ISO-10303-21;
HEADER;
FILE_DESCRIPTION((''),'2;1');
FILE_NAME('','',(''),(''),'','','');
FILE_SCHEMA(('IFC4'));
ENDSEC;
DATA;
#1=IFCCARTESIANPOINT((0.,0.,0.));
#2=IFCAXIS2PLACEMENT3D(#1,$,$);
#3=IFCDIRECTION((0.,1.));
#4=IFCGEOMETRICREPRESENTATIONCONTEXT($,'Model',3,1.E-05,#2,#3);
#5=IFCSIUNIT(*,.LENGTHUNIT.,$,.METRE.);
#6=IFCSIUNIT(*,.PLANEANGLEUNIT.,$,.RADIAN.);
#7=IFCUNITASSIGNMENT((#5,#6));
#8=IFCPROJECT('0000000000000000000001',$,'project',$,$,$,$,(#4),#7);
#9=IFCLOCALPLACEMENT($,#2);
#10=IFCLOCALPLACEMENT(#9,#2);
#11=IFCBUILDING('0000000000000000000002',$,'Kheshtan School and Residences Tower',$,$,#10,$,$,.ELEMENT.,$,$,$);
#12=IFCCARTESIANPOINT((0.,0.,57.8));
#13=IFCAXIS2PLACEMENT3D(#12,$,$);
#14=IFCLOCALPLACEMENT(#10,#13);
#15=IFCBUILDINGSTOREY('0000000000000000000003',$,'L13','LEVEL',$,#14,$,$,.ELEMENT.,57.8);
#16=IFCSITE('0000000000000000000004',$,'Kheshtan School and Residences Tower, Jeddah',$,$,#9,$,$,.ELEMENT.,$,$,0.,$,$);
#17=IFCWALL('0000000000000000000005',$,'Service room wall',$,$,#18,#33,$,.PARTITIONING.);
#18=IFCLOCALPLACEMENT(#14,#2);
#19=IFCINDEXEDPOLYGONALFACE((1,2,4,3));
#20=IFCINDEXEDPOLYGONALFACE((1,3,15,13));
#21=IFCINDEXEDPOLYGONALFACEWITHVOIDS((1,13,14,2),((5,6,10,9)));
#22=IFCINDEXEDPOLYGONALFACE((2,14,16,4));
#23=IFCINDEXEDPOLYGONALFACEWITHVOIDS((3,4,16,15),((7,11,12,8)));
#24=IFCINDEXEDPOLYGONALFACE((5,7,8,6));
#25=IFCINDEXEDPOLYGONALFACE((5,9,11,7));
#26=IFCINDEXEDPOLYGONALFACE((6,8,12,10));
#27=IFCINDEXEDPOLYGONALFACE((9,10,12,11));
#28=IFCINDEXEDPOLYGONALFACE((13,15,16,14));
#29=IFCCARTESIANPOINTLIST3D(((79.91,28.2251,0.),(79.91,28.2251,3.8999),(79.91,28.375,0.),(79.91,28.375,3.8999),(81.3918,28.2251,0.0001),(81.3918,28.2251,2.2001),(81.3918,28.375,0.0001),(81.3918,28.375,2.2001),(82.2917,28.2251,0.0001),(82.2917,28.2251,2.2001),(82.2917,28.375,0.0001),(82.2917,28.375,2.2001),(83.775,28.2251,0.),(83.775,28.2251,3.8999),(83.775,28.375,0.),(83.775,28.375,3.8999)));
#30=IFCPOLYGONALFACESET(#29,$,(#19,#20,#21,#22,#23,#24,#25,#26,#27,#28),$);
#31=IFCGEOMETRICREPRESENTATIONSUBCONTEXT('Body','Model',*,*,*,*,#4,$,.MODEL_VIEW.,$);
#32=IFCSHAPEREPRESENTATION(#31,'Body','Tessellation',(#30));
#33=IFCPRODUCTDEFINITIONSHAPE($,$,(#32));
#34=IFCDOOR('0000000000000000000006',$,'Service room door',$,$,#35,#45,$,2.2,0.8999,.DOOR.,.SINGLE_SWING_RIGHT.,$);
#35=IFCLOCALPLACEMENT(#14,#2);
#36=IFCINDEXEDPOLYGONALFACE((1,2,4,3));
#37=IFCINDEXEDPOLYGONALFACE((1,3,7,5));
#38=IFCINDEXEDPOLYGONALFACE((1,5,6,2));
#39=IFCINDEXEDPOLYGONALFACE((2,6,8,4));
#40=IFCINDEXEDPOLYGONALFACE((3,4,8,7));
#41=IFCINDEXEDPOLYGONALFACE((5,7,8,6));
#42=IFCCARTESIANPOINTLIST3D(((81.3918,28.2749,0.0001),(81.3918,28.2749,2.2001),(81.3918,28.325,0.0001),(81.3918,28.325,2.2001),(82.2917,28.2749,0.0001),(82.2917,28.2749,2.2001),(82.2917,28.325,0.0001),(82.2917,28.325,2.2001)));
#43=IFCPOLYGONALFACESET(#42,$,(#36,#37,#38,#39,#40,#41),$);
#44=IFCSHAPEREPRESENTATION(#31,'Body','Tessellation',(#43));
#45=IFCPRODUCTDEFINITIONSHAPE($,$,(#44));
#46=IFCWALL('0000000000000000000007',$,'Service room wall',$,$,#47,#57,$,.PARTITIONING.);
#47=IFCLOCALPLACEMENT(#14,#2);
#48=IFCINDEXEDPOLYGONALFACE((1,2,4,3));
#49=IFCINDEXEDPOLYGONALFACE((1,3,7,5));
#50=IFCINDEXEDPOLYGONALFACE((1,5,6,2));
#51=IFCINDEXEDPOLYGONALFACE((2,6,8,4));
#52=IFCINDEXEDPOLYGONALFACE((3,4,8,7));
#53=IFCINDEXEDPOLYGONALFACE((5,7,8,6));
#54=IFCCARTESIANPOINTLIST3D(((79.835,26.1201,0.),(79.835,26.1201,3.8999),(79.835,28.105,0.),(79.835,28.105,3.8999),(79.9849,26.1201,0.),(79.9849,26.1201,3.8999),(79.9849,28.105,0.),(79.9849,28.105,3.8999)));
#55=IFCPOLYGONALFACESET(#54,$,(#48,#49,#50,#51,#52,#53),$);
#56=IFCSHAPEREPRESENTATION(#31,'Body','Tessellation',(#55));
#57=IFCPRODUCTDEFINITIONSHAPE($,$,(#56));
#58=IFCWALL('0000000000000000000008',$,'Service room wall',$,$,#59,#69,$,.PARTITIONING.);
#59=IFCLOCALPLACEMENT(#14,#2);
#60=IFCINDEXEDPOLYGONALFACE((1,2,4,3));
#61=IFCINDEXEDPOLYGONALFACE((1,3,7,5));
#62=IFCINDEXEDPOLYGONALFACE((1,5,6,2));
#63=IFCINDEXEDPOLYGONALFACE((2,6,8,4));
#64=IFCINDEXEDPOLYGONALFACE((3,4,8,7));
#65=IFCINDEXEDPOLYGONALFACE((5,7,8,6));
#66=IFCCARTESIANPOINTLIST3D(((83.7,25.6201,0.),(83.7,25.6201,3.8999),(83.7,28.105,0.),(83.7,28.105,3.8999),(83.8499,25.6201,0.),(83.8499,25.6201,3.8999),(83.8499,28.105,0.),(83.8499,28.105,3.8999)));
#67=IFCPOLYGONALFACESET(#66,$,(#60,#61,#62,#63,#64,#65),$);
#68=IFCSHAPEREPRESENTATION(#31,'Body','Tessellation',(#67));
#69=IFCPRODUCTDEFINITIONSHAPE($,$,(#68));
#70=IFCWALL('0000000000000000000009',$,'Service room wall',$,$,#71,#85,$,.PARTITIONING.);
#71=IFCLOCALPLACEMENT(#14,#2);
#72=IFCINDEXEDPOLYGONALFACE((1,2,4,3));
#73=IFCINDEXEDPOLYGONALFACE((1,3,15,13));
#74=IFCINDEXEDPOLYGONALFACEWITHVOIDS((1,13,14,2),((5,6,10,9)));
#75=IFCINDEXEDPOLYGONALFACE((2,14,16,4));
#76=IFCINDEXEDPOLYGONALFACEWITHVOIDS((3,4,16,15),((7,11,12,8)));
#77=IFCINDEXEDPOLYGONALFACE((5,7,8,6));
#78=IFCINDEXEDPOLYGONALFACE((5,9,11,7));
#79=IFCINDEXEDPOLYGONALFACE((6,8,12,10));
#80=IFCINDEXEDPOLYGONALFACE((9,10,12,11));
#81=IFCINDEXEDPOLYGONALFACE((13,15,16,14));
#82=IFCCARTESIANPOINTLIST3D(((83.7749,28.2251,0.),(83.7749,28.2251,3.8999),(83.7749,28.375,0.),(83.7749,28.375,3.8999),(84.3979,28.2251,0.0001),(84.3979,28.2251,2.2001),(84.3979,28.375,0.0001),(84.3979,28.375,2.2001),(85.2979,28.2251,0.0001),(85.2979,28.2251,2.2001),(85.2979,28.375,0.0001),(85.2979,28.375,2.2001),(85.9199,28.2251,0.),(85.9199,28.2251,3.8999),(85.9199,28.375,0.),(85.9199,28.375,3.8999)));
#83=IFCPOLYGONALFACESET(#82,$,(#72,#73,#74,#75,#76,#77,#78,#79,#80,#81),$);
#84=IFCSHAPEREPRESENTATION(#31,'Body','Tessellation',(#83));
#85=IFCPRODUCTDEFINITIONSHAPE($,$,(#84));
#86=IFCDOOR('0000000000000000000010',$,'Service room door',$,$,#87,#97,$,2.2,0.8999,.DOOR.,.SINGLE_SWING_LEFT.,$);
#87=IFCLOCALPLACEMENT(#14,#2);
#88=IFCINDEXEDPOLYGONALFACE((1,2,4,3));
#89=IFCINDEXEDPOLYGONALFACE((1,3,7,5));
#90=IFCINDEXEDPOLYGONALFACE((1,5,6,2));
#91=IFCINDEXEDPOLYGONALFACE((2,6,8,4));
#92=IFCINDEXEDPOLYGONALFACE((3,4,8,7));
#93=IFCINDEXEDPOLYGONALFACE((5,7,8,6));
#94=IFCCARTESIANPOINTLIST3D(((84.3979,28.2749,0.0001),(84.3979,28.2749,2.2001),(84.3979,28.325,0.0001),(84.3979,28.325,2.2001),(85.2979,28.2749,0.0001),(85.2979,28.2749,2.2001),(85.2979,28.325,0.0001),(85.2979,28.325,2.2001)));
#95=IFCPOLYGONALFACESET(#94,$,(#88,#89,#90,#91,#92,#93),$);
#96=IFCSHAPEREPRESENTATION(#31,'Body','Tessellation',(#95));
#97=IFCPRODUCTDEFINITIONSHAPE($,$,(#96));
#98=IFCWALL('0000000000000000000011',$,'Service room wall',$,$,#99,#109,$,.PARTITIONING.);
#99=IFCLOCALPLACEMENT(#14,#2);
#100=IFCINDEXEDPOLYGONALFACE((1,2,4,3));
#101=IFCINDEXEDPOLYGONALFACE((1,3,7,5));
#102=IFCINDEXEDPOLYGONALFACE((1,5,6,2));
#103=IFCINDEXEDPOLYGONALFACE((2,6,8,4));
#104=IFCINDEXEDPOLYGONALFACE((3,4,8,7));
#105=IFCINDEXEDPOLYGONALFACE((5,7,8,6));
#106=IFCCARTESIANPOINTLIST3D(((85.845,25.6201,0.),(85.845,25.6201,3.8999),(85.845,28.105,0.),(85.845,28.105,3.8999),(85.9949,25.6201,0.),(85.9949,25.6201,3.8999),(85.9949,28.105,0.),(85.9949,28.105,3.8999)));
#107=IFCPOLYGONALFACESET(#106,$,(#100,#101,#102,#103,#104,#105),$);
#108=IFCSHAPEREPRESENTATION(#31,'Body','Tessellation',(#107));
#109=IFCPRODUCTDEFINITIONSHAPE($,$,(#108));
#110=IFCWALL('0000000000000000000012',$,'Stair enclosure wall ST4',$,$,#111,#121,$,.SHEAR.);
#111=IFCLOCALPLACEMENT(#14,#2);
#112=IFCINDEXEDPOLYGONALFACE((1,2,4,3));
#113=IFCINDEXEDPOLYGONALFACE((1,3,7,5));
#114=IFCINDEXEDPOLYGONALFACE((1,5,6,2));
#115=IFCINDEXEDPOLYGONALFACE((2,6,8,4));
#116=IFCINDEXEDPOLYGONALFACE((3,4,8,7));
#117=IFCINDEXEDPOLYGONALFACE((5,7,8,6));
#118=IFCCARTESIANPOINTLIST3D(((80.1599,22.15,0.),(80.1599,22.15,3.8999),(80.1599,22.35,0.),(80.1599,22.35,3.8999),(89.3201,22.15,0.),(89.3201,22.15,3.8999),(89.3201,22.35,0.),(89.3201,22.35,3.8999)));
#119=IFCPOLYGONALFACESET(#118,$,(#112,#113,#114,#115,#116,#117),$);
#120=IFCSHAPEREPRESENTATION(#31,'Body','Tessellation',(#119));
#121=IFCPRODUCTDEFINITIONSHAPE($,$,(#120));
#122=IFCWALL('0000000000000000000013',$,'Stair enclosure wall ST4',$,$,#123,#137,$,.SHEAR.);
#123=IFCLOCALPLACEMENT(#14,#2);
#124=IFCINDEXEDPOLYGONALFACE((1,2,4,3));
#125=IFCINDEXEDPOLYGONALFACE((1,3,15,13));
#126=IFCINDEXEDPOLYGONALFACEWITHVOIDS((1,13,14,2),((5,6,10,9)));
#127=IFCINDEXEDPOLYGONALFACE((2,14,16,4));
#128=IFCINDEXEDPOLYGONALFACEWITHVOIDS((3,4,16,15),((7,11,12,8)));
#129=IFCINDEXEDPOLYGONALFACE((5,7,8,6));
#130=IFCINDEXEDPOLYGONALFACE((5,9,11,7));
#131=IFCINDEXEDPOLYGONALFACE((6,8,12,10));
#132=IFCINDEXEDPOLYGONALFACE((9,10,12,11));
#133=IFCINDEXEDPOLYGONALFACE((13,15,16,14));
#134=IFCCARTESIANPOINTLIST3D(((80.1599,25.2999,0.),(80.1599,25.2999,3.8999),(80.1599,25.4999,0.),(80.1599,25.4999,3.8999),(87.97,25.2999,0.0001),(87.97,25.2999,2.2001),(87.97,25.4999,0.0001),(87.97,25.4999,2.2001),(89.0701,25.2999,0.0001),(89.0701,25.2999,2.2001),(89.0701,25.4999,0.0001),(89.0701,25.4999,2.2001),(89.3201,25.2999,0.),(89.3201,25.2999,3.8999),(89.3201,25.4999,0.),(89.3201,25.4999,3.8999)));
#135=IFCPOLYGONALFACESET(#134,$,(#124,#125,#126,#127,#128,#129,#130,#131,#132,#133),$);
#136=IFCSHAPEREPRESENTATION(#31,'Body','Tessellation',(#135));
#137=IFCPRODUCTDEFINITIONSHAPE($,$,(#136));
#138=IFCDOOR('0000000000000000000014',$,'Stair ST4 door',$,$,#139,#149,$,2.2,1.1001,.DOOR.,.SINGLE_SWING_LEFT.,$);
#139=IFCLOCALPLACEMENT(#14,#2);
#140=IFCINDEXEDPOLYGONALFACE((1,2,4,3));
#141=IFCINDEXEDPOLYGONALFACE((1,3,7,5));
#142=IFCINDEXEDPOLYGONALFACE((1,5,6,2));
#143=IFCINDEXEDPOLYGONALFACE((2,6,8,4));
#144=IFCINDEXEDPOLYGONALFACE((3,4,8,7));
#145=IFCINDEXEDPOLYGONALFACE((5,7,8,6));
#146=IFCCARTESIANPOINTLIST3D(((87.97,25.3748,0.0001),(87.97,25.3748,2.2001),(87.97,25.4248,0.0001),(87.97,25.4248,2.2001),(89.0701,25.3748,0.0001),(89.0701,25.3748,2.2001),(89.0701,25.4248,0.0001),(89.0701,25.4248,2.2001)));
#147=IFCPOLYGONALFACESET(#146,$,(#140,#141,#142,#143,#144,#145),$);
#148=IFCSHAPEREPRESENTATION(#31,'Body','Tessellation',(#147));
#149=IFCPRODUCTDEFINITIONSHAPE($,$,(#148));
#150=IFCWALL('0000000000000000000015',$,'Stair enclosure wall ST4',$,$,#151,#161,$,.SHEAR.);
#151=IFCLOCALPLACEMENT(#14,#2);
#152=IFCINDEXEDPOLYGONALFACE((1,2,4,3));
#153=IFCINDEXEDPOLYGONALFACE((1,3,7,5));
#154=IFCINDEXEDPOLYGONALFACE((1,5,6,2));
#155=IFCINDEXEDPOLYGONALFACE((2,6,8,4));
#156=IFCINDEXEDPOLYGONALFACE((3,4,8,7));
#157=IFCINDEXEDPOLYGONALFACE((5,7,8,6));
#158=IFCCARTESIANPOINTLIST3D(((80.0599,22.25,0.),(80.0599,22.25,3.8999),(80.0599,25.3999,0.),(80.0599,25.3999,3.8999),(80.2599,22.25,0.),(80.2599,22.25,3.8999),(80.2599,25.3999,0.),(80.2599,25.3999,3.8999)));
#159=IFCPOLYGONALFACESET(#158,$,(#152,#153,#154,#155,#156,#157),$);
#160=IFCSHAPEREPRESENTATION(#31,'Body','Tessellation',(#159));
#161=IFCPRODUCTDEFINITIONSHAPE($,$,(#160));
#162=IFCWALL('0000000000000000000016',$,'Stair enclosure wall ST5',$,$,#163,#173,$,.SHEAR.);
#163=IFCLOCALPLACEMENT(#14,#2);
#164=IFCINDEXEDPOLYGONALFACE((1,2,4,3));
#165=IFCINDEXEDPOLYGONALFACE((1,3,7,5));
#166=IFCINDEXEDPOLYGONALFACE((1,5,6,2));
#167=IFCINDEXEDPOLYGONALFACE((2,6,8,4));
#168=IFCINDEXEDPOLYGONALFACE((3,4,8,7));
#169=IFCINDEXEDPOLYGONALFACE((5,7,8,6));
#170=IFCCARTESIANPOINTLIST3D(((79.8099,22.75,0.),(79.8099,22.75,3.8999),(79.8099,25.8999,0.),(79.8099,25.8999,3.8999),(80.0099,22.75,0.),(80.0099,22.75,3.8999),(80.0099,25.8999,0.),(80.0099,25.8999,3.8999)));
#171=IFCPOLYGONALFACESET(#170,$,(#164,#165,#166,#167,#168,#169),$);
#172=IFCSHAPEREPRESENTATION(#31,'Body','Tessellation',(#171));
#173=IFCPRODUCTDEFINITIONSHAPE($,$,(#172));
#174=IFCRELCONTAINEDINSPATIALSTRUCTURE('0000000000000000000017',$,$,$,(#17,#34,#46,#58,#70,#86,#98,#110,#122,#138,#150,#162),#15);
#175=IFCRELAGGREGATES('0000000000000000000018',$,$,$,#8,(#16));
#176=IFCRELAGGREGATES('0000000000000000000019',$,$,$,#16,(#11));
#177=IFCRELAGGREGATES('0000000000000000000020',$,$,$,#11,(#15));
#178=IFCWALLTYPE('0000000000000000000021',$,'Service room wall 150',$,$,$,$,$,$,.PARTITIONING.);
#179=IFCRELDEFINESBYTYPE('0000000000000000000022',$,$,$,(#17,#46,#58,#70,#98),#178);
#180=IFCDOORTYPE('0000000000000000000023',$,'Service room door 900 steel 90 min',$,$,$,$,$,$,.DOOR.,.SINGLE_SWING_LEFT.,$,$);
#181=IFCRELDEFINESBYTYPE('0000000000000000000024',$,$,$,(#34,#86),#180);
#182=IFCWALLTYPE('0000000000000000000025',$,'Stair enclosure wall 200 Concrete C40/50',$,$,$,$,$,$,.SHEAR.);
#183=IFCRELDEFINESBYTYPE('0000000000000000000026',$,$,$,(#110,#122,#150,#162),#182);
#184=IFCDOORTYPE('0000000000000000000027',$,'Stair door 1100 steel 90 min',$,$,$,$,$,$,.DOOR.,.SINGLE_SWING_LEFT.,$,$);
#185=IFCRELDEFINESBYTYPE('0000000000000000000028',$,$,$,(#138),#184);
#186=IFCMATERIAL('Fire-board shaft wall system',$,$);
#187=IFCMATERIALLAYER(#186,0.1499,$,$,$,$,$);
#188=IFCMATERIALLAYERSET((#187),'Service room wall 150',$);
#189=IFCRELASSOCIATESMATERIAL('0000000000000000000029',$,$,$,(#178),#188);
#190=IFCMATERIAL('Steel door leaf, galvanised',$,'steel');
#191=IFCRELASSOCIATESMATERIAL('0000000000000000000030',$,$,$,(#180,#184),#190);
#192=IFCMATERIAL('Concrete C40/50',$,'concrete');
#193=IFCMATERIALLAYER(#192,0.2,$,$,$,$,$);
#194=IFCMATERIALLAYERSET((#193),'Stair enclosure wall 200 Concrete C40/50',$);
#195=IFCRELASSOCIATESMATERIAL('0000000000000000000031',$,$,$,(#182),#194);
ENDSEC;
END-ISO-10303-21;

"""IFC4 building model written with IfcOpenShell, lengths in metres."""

from ifc_helpers import new_model, si_unit, direction, frame, frame_2d, origin, place, context, subcontext, project, spatial, rectangle, extrude, source, transform, mapped, material, layer, layer_set, type_object, element, fill, save


model = new_model("IFC4")

# Units and contexts
model_context = context("Model", 3, precision=1e-05, world=origin(), true_north=direction((0.0, 1.0)))
body_context = subcontext(model_context, "Body", "Model", "MODEL_VIEW")
ifc_project = project(units=[si_unit("LENGTHUNIT", "METRE"), si_unit("PLANEANGLEUNIT", "RADIAN")], contexts=[model_context])

# Site, building, storey
site_placement = place(None, origin())
site = spatial("IfcSite", under=ifc_project, at=site_placement, Name="Kheshtan School and Residences Tower, Jeddah", CompositionType="ELEMENT", RefElevation=0.0)
building_placement = place(site_placement, origin())
building = spatial("IfcBuilding", under=site, at=building_placement, Name="Kheshtan School and Residences Tower", CompositionType="ELEMENT")
storey_placement = place(building_placement, frame((0.0, 0.0, 57.8)))
storey = spatial("IfcBuildingStorey", under=building, at=storey_placement, Name="L13", Description="LEVEL", CompositionType="ELEMENT", Elevation=57.8)

# Wall, opening, door
ifc_material_1 = material(Name="Fire-board shaft wall system")
ifc_layer_1 = layer(ifc_material_1, 0.1499)
ifc_layer_set_1 = layer_set([ifc_layer_1], Name="Service room wall 150")
wall_type_1 = type_object("IfcWallType", Name="Service room wall 150", PredefinedType="PARTITIONING", material=ifc_layer_set_1)
wall_1_placement = place(storey_placement, frame((79.9099, 28.3, 0.0), z_axis=(0.0, 0.0, 1.0), x_axis=(1.0, 0.0, 0.0)))
wall_1 = element("IfcWall", 1, at=wall_1_placement, inside=storey, type_object=wall_type_1, Name="Service room wall", PredefinedType="PARTITIONING", context=body_context, shape_type="SweptSolid", body=[
    extrude(rectangle(XDim=3.865, YDim=0.1499, at=frame_2d((1.9326, 0.0))), origin(), (0.0, 0.0, 1.0), 3.8999),
])
opening_1_placement = place(wall_1_placement, frame((1.4819, 0.0, 0.0)))
opening_1 = element("IfcOpeningElement", 2, at=opening_1_placement, cuts=wall_1, PredefinedType="OPENING", context=body_context, shape_type="SweptSolid", body=[
    extrude(rectangle(XDim=0.8999, YDim=2.2, at=frame_2d((0.45, 1.1001))), frame((0.0, 0.085, 0.0), z_axis=(0.0, -1.0, 0.0), x_axis=(1.0, 0.0, 0.0)), (0.0, 0.0, 1.0), 0.1699),
])
ifc_material_2 = material(Name="Steel door leaf, galvanised", Category="steel")
door_type_1 = type_object("IfcDoorType", Name="Service room door 900 steel 90 min", OperationType="SINGLE_SWING_LEFT", PredefinedType="DOOR", material=ifc_material_2)
shared_shape_1 = source(origin(), body_context, "Body", "SweptSolid", [
    extrude(rectangle(XDim=0.8999, YDim=2.2, at=frame_2d((0.45, 1.1001))), frame((0.0, 0.0249, 0.0), z_axis=(0.0, -1.0, 0.0), x_axis=(1.0, 0.0, 0.0)), (0.0, 0.0, 1.0), 0.05),
])
door_1_placement = place(opening_1_placement, origin())
door_1 = element("IfcDoor", 3, at=door_1_placement, inside=storey, type_object=door_type_1, Name="Service room door", OperationType="SINGLE_SWING_RIGHT", OverallHeight=2.2, OverallWidth=0.8999, PredefinedType="DOOR", context=body_context, shape_type="MappedRepresentation", body=[
    mapped(shared_shape_1, transform((0.0, 0.0, 0.0), x_axis=(1.0, 0.0, 0.0), y_axis=(0.0, 1.0, 0.0), z_axis=(0.0, 0.0, 1.0), scale=1.0)),
])
fill(opening_1, door_1)

# Walls
wall_2_placement = place(storey_placement, frame((79.9099, 26.1201, 0.0), z_axis=(0.0, 0.0, 1.0), x_axis=(0.0, 1.0, 0.0)))
element("IfcWall", 4, at=wall_2_placement, inside=storey, type_object=wall_type_1, Name="Service room wall", PredefinedType="PARTITIONING", context=body_context, shape_type="SweptSolid", body=[
    extrude(rectangle(XDim=1.9849, YDim=0.1499, at=frame_2d((0.9924, 0.0))), origin(), (0.0, 0.0, 1.0), 3.8999),
])
wall_3_placement = place(storey_placement, frame((83.7749, 25.6201, 0.0), z_axis=(0.0, 0.0, 1.0), x_axis=(0.0, 1.0, 0.0)))
element("IfcWall", 5, at=wall_3_placement, inside=storey, type_object=wall_type_1, Name="Service room wall", PredefinedType="PARTITIONING", context=body_context, shape_type="SweptSolid", body=[
    extrude(rectangle(XDim=2.4849, YDim=0.1499, at=frame_2d((1.2424, 0.0))), origin(), (0.0, 0.0, 1.0), 3.8999),
])

# Wall, opening, door
wall_4_placement = place(storey_placement, frame((83.7749, 28.3, 0.0), z_axis=(0.0, 0.0, 1.0), x_axis=(1.0, 0.0, 0.0)))
wall_4 = element("IfcWall", 6, at=wall_4_placement, inside=storey, type_object=wall_type_1, Name="Service room wall", PredefinedType="PARTITIONING", context=body_context, shape_type="SweptSolid", body=[
    extrude(rectangle(XDim=2.145, YDim=0.1499, at=frame_2d((1.0725, 0.0))), origin(), (0.0, 0.0, 1.0), 3.8999),
])
opening_2_placement = place(wall_4_placement, frame((0.623, 0.0, 0.0)))
opening_2 = element("IfcOpeningElement", 7, at=opening_2_placement, cuts=wall_4, PredefinedType="OPENING", context=body_context, shape_type="SweptSolid", body=[
    extrude(rectangle(XDim=0.8999, YDim=2.2, at=frame_2d((0.45, 1.1001))), frame((0.0, 0.085, 0.0), z_axis=(0.0, -1.0, 0.0), x_axis=(1.0, 0.0, 0.0)), (0.0, 0.0, 1.0), 0.1699),
])
door_2_placement = place(opening_2_placement, origin())
door_2 = element("IfcDoor", 8, at=door_2_placement, inside=storey, type_object=door_type_1, Name="Service room door", OperationType="SINGLE_SWING_LEFT", OverallHeight=2.2, OverallWidth=0.8999, PredefinedType="DOOR", context=body_context, shape_type="MappedRepresentation", body=[
    mapped(shared_shape_1, transform((0.0, 0.0, 0.0), x_axis=(1.0, 0.0, 0.0), y_axis=(0.0, 1.0, 0.0), z_axis=(0.0, 0.0, 1.0), scale=1.0)),
])
fill(opening_2, door_2)

# Walls
wall_5_placement = place(storey_placement, frame((85.9199, 25.6201, 0.0), z_axis=(0.0, 0.0, 1.0), x_axis=(0.0, 1.0, 0.0)))
element("IfcWall", 9, at=wall_5_placement, inside=storey, type_object=wall_type_1, Name="Service room wall", PredefinedType="PARTITIONING", context=body_context, shape_type="SweptSolid", body=[
    extrude(rectangle(XDim=2.4849, YDim=0.1499, at=frame_2d((1.2424, 0.0))), origin(), (0.0, 0.0, 1.0), 3.8999),
])
ifc_material_3 = material(Name="Concrete C40/50", Category="concrete")
ifc_layer_2 = layer(ifc_material_3, 0.2)
ifc_layer_set_2 = layer_set([ifc_layer_2], Name="Stair enclosure wall 200 Concrete C40/50")
wall_type_2 = type_object("IfcWallType", Name="Stair enclosure wall 200 Concrete C40/50", PredefinedType="SHEAR", material=ifc_layer_set_2)
wall_6_placement = place(storey_placement, frame((80.1599, 22.25, 0.0), z_axis=(0.0, 0.0, 1.0), x_axis=(1.0, 0.0, 0.0)))
element("IfcWall", 10, at=wall_6_placement, inside=storey, type_object=wall_type_2, Name="Stair enclosure wall ST4", PredefinedType="SHEAR", context=body_context, shape_type="SweptSolid", body=[
    extrude(rectangle(XDim=9.1602, YDim=0.2, at=frame_2d((4.5801, 0.0))), origin(), (0.0, 0.0, 1.0), 3.8999),
])

# Wall, opening, door
wall_7_placement = place(storey_placement, frame((80.1599, 25.3999, 0.0), z_axis=(0.0, 0.0, 1.0), x_axis=(1.0, 0.0, 0.0)))
wall_7 = element("IfcWall", 11, at=wall_7_placement, inside=storey, type_object=wall_type_2, Name="Stair enclosure wall ST4", PredefinedType="SHEAR", context=body_context, shape_type="SweptSolid", body=[
    extrude(rectangle(XDim=9.1602, YDim=0.2, at=frame_2d((4.5801, 0.0))), origin(), (0.0, 0.0, 1.0), 3.8999),
])
opening_3_placement = place(wall_7_placement, frame((7.8101, 0.0, 0.0)))
opening_3 = element("IfcOpeningElement", 12, at=opening_3_placement, cuts=wall_7, PredefinedType="OPENING", context=body_context, shape_type="SweptSolid", body=[
    extrude(rectangle(XDim=1.1001, YDim=2.2, at=frame_2d((0.55, 1.1001))), frame((0.0, 0.1099, 0.0), z_axis=(0.0, -1.0, 0.0), x_axis=(1.0, 0.0, 0.0)), (0.0, 0.0, 1.0), 0.22),
])
door_type_2 = type_object("IfcDoorType", Name="Stair door 1100 steel 90 min", OperationType="SINGLE_SWING_LEFT", PredefinedType="DOOR", material=ifc_material_2)
shared_shape_2 = source(origin(), body_context, "Body", "SweptSolid", [
    extrude(rectangle(XDim=1.1001, YDim=2.2, at=frame_2d((0.55, 1.1001))), frame((0.0, 0.0249, 0.0), z_axis=(0.0, -1.0, 0.0), x_axis=(1.0, 0.0, 0.0)), (0.0, 0.0, 1.0), 0.05),
])
door_3_placement = place(opening_3_placement, origin())
door_3 = element("IfcDoor", 13, at=door_3_placement, inside=storey, type_object=door_type_2, Name="Stair ST4 door", OperationType="SINGLE_SWING_LEFT", OverallHeight=2.2, OverallWidth=1.1001, PredefinedType="DOOR", context=body_context, shape_type="MappedRepresentation", body=[
    mapped(shared_shape_2, transform((0.0, 0.0, 0.0), x_axis=(1.0, 0.0, 0.0), y_axis=(0.0, 1.0, 0.0), z_axis=(0.0, 0.0, 1.0), scale=1.0)),
])
fill(opening_3, door_3)

# Walls
for number, where, z_axis, x_axis, name in (
    (14, (80.1599, 22.25, 0.0), (0.0, 0.0, 1.0), (0.0, 1.0, 0.0), "Stair enclosure wall ST4"),
    (15, (79.9099, 22.75, 0.0), (0.0, 0.0, 1.0), (0.0, 1.0, 0.0), "Stair enclosure wall ST5"),
):
    element("IfcWall", number, at=place(storey_placement, frame(where, z_axis=z_axis, x_axis=x_axis)), inside=storey, type_object=wall_type_2, Name=name, PredefinedType="SHEAR", context=body_context, shape_type="SweptSolid", body=[
        extrude(rectangle(XDim=3.1499, YDim=0.2, at=frame_2d((1.575, 0.0))), origin(), (0.0, 0.0, 1.0), 3.8999),
    ])

save(model, "model.ifc")
